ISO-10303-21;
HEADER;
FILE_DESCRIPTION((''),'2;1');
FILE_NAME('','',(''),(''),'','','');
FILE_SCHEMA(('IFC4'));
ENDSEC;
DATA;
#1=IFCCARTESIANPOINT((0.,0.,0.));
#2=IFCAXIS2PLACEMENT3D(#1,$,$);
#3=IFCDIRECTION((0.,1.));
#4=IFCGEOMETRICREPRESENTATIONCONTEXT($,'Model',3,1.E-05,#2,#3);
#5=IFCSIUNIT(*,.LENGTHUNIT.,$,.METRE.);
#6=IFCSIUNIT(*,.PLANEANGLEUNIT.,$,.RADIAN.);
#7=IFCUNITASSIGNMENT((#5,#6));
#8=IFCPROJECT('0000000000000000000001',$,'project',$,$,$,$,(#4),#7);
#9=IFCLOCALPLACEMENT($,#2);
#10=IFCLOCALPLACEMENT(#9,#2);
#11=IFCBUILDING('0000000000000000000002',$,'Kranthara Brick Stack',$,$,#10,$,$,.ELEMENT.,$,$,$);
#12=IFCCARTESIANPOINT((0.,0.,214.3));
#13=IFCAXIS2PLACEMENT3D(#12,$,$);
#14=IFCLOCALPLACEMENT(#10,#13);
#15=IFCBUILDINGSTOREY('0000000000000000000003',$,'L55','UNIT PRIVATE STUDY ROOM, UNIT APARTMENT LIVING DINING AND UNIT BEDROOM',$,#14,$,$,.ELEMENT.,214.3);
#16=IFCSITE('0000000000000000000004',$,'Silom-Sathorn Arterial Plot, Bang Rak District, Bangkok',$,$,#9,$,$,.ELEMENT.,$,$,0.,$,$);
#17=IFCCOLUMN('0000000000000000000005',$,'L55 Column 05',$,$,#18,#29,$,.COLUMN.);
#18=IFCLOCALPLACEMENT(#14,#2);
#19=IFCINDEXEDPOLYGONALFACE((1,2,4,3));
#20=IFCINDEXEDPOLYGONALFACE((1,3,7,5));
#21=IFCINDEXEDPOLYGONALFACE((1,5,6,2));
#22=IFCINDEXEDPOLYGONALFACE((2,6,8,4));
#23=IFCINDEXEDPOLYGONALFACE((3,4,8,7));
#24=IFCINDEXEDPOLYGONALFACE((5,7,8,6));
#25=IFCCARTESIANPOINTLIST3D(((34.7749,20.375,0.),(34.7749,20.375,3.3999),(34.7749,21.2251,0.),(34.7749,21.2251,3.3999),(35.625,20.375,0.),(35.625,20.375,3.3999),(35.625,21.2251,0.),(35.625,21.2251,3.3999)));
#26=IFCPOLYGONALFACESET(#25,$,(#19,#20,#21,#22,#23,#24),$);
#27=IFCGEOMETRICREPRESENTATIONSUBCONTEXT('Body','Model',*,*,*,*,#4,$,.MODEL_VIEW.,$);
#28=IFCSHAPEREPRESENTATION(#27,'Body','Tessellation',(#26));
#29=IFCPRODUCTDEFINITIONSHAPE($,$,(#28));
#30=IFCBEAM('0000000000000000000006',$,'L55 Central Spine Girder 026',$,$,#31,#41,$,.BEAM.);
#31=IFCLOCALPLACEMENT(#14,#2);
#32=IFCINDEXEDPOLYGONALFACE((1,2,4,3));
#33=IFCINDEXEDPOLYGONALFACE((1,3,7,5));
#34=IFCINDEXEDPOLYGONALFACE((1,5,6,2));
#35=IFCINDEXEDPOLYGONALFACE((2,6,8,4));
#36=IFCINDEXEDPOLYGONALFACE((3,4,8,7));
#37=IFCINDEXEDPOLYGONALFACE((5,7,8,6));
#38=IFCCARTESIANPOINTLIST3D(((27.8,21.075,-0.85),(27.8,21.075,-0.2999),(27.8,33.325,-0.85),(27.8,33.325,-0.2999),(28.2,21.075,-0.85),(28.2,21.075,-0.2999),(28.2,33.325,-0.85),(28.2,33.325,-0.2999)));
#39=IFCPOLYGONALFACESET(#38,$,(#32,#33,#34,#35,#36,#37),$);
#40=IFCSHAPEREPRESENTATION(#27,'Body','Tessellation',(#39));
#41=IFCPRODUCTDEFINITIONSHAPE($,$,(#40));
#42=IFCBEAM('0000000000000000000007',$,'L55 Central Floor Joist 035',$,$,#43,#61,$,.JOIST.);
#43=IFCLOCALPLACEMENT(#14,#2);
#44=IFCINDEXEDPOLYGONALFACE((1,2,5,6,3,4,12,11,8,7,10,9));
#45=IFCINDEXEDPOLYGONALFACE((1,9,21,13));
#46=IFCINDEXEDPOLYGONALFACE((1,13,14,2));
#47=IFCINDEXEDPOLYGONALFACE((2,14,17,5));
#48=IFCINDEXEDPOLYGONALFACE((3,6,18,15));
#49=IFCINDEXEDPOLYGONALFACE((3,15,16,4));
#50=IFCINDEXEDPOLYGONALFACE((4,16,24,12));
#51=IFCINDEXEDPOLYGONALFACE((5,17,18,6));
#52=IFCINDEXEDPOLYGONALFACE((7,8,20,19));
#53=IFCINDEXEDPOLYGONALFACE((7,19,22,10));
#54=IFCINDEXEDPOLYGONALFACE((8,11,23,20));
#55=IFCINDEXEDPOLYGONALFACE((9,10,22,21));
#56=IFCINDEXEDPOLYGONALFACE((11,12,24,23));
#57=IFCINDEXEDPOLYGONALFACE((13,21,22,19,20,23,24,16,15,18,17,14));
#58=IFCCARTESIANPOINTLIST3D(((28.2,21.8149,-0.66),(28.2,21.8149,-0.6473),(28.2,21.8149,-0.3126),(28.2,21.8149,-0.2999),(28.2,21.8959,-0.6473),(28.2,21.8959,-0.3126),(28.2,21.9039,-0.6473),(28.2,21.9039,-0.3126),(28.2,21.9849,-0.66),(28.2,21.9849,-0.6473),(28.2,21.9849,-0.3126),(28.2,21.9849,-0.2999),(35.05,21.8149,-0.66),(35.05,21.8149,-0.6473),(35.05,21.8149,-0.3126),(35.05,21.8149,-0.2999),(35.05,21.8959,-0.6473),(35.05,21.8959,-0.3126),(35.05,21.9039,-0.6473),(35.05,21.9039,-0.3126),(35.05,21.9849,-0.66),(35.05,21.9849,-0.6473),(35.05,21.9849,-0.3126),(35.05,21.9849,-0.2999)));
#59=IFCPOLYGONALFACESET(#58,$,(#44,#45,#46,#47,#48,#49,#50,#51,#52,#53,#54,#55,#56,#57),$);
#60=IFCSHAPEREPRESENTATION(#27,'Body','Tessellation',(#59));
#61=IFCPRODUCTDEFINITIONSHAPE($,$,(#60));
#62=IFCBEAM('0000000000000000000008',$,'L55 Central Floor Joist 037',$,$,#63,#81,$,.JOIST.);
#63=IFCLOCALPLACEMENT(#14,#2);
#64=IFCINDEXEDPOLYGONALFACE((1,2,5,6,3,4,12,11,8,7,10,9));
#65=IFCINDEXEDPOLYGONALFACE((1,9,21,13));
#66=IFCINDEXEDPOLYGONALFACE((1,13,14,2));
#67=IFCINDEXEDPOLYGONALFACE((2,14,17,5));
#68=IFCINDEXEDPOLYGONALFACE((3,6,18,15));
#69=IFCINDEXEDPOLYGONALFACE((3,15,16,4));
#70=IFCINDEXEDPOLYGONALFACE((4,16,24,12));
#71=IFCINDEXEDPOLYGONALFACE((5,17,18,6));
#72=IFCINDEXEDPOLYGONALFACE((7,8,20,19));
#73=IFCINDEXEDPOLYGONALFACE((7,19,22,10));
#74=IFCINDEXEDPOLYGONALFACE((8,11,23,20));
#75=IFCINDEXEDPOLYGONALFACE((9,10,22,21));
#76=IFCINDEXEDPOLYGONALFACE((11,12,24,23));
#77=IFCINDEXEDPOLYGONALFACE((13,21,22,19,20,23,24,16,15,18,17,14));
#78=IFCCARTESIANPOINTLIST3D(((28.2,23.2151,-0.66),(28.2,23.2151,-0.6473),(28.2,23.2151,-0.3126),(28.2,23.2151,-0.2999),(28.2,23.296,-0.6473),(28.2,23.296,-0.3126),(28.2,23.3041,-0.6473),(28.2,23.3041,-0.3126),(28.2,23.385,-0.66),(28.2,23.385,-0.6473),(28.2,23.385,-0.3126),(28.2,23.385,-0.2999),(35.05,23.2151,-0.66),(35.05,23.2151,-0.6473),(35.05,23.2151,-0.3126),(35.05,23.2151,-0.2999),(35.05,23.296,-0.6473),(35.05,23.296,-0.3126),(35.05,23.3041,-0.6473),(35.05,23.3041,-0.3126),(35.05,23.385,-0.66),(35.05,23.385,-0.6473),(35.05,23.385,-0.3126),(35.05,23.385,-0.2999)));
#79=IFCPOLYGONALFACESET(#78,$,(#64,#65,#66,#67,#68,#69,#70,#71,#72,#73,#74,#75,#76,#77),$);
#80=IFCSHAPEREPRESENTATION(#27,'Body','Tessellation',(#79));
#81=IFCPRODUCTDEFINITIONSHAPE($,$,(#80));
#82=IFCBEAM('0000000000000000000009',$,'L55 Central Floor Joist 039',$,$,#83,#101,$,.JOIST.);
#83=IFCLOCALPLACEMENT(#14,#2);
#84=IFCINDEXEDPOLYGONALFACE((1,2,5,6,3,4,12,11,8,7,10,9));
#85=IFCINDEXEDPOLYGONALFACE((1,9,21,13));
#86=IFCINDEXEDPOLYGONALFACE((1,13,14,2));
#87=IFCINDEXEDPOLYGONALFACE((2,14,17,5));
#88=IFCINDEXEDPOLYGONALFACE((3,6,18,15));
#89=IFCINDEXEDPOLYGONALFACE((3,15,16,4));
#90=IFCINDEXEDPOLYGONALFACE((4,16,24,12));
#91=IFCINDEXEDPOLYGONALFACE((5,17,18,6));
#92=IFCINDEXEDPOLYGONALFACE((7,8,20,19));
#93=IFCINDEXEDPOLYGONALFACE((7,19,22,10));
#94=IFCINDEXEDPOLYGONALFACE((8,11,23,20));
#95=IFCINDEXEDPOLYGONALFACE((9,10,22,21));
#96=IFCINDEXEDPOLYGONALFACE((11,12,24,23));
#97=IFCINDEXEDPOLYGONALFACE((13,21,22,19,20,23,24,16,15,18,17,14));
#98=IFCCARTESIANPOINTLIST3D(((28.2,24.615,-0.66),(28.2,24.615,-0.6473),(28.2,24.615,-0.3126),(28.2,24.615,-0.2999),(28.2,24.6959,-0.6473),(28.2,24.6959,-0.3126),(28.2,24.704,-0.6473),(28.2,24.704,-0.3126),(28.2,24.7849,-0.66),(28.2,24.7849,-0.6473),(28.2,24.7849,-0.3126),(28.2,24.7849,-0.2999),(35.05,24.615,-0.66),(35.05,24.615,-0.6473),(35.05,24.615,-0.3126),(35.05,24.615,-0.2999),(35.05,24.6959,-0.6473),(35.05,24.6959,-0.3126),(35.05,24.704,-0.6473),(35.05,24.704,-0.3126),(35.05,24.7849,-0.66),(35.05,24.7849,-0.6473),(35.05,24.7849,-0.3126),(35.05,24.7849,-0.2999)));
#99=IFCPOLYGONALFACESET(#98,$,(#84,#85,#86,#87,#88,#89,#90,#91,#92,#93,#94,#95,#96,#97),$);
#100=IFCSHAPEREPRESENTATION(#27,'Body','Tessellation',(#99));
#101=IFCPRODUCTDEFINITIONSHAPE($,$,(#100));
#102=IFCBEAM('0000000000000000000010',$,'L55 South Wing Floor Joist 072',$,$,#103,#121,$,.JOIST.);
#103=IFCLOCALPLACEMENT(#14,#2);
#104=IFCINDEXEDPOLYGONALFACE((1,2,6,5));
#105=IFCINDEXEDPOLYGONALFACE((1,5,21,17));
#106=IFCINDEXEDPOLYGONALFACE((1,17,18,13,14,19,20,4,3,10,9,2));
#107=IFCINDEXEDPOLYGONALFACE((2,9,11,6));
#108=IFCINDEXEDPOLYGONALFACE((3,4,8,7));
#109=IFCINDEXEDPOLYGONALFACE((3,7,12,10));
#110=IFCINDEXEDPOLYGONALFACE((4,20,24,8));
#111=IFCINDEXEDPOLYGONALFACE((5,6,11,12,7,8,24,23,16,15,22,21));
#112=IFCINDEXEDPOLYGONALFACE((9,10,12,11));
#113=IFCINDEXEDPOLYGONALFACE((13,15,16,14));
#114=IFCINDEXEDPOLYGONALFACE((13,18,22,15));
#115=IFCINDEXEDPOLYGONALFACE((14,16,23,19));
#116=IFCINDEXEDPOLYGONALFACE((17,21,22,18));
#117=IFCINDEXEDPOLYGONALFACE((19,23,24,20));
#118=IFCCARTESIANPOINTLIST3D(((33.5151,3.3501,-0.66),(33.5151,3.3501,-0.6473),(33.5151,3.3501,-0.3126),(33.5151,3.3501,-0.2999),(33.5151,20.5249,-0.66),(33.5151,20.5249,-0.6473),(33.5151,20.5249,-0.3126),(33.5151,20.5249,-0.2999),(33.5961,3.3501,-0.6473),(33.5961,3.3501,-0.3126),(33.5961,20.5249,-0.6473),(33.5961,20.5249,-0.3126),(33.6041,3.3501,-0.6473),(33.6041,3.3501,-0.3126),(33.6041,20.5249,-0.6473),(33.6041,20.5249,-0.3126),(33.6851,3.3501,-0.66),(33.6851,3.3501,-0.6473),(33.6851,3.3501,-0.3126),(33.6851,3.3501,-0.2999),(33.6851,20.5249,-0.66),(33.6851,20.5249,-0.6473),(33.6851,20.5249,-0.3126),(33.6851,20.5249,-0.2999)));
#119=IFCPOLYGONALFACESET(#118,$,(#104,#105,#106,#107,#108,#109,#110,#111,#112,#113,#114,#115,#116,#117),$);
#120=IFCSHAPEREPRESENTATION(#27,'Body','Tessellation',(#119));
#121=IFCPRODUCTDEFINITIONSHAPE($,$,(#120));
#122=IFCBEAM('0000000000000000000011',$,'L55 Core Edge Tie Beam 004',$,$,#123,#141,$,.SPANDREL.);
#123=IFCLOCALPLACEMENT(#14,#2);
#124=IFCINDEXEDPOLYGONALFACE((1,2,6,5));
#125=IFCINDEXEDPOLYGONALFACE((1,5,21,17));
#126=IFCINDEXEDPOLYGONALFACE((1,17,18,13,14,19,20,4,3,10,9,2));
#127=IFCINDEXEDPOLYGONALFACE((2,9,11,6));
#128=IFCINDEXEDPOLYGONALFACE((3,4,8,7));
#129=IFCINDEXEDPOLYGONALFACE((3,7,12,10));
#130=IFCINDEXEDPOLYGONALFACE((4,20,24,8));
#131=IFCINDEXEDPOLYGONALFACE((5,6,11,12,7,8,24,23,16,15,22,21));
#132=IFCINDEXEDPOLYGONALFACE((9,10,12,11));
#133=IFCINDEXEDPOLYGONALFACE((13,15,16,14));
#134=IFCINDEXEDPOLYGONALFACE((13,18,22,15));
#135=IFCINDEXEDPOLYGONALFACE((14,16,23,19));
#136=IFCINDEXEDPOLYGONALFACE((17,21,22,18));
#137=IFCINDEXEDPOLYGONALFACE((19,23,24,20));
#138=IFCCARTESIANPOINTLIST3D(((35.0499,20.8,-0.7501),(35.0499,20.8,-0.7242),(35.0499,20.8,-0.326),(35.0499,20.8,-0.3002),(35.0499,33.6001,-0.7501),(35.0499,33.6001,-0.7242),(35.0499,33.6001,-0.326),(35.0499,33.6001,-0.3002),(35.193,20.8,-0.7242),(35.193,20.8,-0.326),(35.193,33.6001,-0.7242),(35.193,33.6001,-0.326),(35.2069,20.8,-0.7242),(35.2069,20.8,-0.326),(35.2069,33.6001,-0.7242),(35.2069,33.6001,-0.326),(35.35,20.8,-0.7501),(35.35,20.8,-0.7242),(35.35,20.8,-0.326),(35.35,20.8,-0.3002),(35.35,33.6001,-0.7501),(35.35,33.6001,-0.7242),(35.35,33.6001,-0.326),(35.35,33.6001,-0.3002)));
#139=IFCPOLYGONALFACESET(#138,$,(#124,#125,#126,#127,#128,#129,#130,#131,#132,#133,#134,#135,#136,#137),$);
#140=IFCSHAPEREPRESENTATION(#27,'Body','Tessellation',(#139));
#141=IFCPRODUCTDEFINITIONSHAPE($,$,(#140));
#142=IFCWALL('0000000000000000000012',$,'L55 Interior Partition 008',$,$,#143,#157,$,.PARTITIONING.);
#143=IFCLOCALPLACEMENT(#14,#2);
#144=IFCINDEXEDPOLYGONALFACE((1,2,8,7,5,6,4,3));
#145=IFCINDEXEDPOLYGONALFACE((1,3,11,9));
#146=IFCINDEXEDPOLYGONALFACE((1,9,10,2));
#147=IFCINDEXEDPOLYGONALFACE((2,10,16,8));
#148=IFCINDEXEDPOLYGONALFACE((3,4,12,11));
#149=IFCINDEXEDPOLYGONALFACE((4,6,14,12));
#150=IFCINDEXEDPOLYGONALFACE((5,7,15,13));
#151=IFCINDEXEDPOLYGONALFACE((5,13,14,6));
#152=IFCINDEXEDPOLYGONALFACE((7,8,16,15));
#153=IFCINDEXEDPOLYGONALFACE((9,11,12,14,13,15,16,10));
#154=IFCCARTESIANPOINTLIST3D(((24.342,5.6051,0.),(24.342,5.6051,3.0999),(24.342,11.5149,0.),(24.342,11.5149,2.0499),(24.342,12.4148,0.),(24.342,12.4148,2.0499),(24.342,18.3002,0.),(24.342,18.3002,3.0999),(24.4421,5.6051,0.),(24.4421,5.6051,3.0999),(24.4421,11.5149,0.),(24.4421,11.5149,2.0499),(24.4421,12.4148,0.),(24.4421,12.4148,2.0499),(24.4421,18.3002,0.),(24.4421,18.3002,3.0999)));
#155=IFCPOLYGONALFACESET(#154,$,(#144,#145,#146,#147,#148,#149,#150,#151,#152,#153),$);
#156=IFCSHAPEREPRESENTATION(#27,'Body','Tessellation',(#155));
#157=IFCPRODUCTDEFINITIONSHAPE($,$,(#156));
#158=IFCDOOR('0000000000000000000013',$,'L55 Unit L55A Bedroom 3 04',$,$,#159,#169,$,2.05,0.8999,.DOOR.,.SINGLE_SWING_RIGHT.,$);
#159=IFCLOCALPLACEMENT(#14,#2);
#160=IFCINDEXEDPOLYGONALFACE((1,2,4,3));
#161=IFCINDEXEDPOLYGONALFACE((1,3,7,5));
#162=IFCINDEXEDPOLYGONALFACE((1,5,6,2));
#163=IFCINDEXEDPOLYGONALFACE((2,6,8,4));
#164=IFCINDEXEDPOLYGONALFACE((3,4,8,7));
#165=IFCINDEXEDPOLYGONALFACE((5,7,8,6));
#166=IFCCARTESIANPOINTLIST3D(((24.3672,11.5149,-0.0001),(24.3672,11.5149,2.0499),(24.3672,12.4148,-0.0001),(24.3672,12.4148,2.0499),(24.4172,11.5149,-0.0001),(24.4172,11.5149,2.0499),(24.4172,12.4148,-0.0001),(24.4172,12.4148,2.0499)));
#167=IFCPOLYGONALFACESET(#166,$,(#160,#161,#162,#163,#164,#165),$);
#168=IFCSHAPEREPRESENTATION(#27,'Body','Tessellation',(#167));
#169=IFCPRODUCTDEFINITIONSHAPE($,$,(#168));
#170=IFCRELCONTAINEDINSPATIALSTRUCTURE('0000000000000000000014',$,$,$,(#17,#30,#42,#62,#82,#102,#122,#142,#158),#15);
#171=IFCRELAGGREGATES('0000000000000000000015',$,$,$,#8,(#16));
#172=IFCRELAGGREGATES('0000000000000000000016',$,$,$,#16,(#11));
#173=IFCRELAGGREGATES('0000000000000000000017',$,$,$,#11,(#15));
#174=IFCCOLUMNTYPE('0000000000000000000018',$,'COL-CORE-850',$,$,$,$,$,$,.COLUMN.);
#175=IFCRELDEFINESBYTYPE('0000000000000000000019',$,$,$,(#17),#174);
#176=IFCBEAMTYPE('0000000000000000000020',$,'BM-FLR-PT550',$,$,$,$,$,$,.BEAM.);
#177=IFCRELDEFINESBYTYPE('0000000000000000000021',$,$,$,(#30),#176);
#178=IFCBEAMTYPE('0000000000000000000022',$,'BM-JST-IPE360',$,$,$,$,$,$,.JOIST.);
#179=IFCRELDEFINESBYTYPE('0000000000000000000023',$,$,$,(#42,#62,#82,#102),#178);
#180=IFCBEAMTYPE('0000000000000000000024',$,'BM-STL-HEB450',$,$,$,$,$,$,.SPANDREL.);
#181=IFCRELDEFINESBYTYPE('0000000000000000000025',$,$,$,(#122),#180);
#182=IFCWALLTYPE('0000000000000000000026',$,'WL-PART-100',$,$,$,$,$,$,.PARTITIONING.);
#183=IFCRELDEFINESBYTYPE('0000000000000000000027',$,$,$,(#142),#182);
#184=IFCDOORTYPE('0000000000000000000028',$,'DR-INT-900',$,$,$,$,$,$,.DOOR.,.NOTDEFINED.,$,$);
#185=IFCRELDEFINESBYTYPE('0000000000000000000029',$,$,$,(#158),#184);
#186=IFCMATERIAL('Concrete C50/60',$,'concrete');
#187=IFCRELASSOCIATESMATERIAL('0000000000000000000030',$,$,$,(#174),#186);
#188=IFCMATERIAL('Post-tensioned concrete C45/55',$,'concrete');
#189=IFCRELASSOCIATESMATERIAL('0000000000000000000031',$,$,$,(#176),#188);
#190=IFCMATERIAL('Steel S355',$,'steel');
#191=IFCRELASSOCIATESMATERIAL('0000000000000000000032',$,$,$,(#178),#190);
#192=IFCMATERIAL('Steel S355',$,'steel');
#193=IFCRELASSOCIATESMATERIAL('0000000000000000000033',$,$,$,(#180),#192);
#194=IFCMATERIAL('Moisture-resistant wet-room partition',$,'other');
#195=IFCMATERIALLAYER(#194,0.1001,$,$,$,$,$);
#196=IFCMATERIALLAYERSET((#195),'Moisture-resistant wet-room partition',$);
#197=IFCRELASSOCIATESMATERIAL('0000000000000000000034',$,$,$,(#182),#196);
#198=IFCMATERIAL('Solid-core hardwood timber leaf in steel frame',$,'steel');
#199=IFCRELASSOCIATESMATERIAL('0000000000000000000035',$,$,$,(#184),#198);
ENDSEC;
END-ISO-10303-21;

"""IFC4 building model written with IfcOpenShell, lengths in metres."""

from ifc_helpers import new_model, si_unit, direction, frame, frame_2d, origin, origin_2d, place, context, subcontext, project, spatial, rectangle, i_section, extrude, material, layer, layer_set, material_profile, profile_set, type_object, element, fill, save


model = new_model("IFC4")

# Units and contexts
model_context = context("Model", 3, precision=1e-05, world=origin(), true_north=direction((0.0, 1.0)))
body_context = subcontext(model_context, "Body", "Model", "MODEL_VIEW")
ifc_project = project(units=[si_unit("LENGTHUNIT", "METRE"), si_unit("PLANEANGLEUNIT", "RADIAN")], contexts=[model_context])

# Site, building, storey
site_placement = place(None, origin())
site = spatial("IfcSite", under=ifc_project, at=site_placement, Name="Silom-Sathorn Arterial Plot, Bang Rak District, Bangkok", CompositionType="ELEMENT", RefElevation=0.0)
building_placement = place(site_placement, origin())
building = spatial("IfcBuilding", under=site, at=building_placement, Name="Kranthara Brick Stack", CompositionType="ELEMENT")
storey_placement = place(building_placement, frame((0.0, 0.0, 214.3)))
storey = spatial("IfcBuildingStorey", under=building, at=storey_placement, Name="L55", Description="UNIT PRIVATE STUDY ROOM, UNIT APARTMENT LIVING DINING AND UNIT BEDROOM", CompositionType="ELEMENT", Elevation=214.3)

# Column
ifc_material_1 = material(Name="Concrete C50/60", Category="concrete")
ifc_material_profile_1 = material_profile(ifc_material_1, rectangle(XDim=0.8501, YDim=0.8501, at=origin_2d()), Name="RC 850x850")
ifc_profile_set_1 = profile_set([ifc_material_profile_1], Name="Concrete C50/60")
column_type = type_object("IfcColumnType", Name="COL-CORE-850", PredefinedType="COLUMN", material=ifc_profile_set_1)
column_placement = place(storey_placement, frame((35.2, 20.8, 0.0), z_axis=(0.0, 0.0, 1.0), x_axis=(1.0, 0.0, 0.0)))
element("IfcColumn", 1, at=column_placement, inside=storey, type_object=column_type, Name="L55 Column 05", PredefinedType="COLUMN", context=body_context, shape_type="SweptSolid", body=[
    extrude(rectangle(XDim=0.8501, YDim=0.8501, at=origin_2d()), origin(), (0.0, 0.0, 1.0), 3.3999),
])

# Beams
ifc_material_2 = material(Name="Post-tensioned concrete C45/55", Category="concrete")
ifc_material_profile_2 = material_profile(ifc_material_2, rectangle(XDim=0.3999, YDim=0.55, at=origin_2d()), Name="PT 400x550")
ifc_profile_set_2 = profile_set([ifc_material_profile_2], Name="Post-tensioned concrete C45/55")
beam_type_1 = type_object("IfcBeamType", Name="BM-FLR-PT550", PredefinedType="BEAM", material=ifc_profile_set_2)
beam_1_placement = place(storey_placement, frame((28.0, 21.075, -0.575), z_axis=(0.0, 1.0, 0.0), x_axis=(-1.0, 0.0, 0.0)))
element("IfcBeam", 2, at=beam_1_placement, inside=storey, type_object=beam_type_1, Name="L55 Central Spine Girder 026", PredefinedType="BEAM", context=body_context, shape_type="SweptSolid", body=[
    extrude(rectangle(XDim=0.3999, YDim=0.55, at=origin_2d()), origin(), (0.0, 0.0, 1.0), 12.25),
])
ifc_material_3 = material(Name="Steel S355", Category="steel")
ifc_material_profile_3 = material_profile(ifc_material_3, i_section(OverallWidth=0.1699, OverallDepth=0.3601, WebThickness=0.0081, FlangeThickness=0.0127, at=origin_2d()), Name="IPE 360")
ifc_profile_set_3 = profile_set([ifc_material_profile_3], Name="Steel S355")
beam_type_2 = type_object("IfcBeamType", Name="BM-JST-IPE360", PredefinedType="JOIST", material=ifc_profile_set_3)
for number, where, z_axis, x_axis, name in (
    (3, (28.2, 21.8999, -0.48), (1.0, 0.0, 0.0), (0.0, 1.0, 0.0), "L55 Central Floor Joist 035"),
    (4, (28.2, 23.3, -0.48), (1.0, 0.0, 0.0), (0.0, 1.0, 0.0), "L55 Central Floor Joist 037"),
    (5, (28.2, 24.7, -0.48), (1.0, 0.0, 0.0), (0.0, 1.0, 0.0), "L55 Central Floor Joist 039"),
):
    element("IfcBeam", number, at=place(storey_placement, frame(where, z_axis=z_axis, x_axis=x_axis)), inside=storey, type_object=beam_type_2, Name=name, PredefinedType="JOIST", context=body_context, shape_type="SweptSolid", body=[
        extrude(i_section(OverallWidth=0.1699, OverallDepth=0.3601, WebThickness=0.0081, FlangeThickness=0.0127, at=origin_2d()), origin(), (0.0, 0.0, 1.0), 6.8501),
    ])
beam_2_placement = place(storey_placement, frame((33.6001, 3.3501, -0.48), z_axis=(0.0, 1.0, 0.0), x_axis=(-1.0, 0.0, 0.0)))
element("IfcBeam", 6, at=beam_2_placement, inside=storey, type_object=beam_type_2, Name="L55 South Wing Floor Joist 072", PredefinedType="JOIST", context=body_context, shape_type="SweptSolid", body=[
    extrude(i_section(OverallWidth=0.1699, OverallDepth=0.3601, WebThickness=0.0081, FlangeThickness=0.0127, at=origin_2d()), origin(), (0.0, 0.0, 1.0), 17.1748),
])
ifc_material_4 = material(Name="Steel S355", Category="steel")
ifc_material_profile_4 = material_profile(ifc_material_4, i_section(OverallWidth=0.3, OverallDepth=0.45, WebThickness=0.0139, FlangeThickness=0.0259, at=origin_2d()), Name="HEB 450")
ifc_profile_set_4 = profile_set([ifc_material_profile_4], Name="Steel S355")
beam_type_3 = type_object("IfcBeamType", Name="BM-STL-HEB450", PredefinedType="SPANDREL", material=ifc_profile_set_4)
beam_3_placement = place(storey_placement, frame((35.2, 20.8, -0.5251), z_axis=(0.0, 1.0, 0.0), x_axis=(-1.0, 0.0, 0.0)))
element("IfcBeam", 7, at=beam_3_placement, inside=storey, type_object=beam_type_3, Name="L55 Core Edge Tie Beam 004", PredefinedType="SPANDREL", context=body_context, shape_type="SweptSolid", body=[
    extrude(i_section(OverallWidth=0.3, OverallDepth=0.45, WebThickness=0.0139, FlangeThickness=0.0259, at=origin_2d()), origin(), (0.0, 0.0, 1.0), 12.8),
])

# Wall, opening, door
ifc_material_5 = material(Name="Moisture-resistant wet-room partition", Category="other")
ifc_layer_1 = layer(ifc_material_5, 0.1001)
ifc_layer_set_1 = layer_set([ifc_layer_1], Name="Moisture-resistant wet-room partition")
wall_type_1 = type_object("IfcWallType", Name="WL-PART-100", PredefinedType="PARTITIONING", material=ifc_layer_set_1)
wall_1_placement = place(storey_placement, frame((24.3921, 5.605, 0.0), z_axis=(0.0, 0.0, 1.0), x_axis=(0.0, 1.0, 0.0)))
wall_1 = element("IfcWall", 8, at=wall_1_placement, inside=storey, type_object=wall_type_1, Name="L55 Interior Partition 008", PredefinedType="PARTITIONING", context=body_context, shape_type="SweptSolid", body=[
    extrude(rectangle(XDim=12.6951, YDim=0.1001, at=frame_2d((6.3477, 0.0))), origin(), (0.0, 0.0, 1.0), 3.0999),
])
opening_1_placement = place(wall_1_placement, frame((5.9099, 0.0, 0.0)))
opening_1 = element("IfcOpeningElement", 9, at=opening_1_placement, cuts=wall_1, PredefinedType="OPENING", context=body_context, shape_type="SweptSolid", body=[
    extrude(rectangle(XDim=0.8999, YDim=2.05, at=frame_2d((0.45, 1.0249))), frame((0.0, 0.0601, 0.0), z_axis=(0.0, -1.0, 0.0), x_axis=(1.0, 0.0, 0.0)), (0.0, 0.0, 1.0), 0.1201),
])
ifc_material_6 = material(Name="Solid-core hardwood timber leaf in steel frame", Category="steel")
door_type_1 = type_object("IfcDoorType", Name="DR-INT-900", OperationType="NOTDEFINED", PredefinedType="DOOR", material=ifc_material_6)
door_1_placement = place(opening_1_placement, origin())
door_1 = element("IfcDoor", 10, at=door_1_placement, inside=storey, type_object=door_type_1, Name="L55 Unit L55A Bedroom 3 04", OperationType="SINGLE_SWING_RIGHT", OverallHeight=2.05, OverallWidth=0.8999, PredefinedType="DOOR", context=body_context, shape_type="SweptSolid", body=[
    extrude(rectangle(XDim=0.8999, YDim=2.05, at=frame_2d((0.45, 1.0249))), frame((0.0, 0.0249, 0.0), z_axis=(0.0, -1.0, 0.0), x_axis=(1.0, 0.0, 0.0)), (0.0, 0.0, 1.0), 0.05),
])
fill(opening_1, door_1)

save(model, "model.ifc")
